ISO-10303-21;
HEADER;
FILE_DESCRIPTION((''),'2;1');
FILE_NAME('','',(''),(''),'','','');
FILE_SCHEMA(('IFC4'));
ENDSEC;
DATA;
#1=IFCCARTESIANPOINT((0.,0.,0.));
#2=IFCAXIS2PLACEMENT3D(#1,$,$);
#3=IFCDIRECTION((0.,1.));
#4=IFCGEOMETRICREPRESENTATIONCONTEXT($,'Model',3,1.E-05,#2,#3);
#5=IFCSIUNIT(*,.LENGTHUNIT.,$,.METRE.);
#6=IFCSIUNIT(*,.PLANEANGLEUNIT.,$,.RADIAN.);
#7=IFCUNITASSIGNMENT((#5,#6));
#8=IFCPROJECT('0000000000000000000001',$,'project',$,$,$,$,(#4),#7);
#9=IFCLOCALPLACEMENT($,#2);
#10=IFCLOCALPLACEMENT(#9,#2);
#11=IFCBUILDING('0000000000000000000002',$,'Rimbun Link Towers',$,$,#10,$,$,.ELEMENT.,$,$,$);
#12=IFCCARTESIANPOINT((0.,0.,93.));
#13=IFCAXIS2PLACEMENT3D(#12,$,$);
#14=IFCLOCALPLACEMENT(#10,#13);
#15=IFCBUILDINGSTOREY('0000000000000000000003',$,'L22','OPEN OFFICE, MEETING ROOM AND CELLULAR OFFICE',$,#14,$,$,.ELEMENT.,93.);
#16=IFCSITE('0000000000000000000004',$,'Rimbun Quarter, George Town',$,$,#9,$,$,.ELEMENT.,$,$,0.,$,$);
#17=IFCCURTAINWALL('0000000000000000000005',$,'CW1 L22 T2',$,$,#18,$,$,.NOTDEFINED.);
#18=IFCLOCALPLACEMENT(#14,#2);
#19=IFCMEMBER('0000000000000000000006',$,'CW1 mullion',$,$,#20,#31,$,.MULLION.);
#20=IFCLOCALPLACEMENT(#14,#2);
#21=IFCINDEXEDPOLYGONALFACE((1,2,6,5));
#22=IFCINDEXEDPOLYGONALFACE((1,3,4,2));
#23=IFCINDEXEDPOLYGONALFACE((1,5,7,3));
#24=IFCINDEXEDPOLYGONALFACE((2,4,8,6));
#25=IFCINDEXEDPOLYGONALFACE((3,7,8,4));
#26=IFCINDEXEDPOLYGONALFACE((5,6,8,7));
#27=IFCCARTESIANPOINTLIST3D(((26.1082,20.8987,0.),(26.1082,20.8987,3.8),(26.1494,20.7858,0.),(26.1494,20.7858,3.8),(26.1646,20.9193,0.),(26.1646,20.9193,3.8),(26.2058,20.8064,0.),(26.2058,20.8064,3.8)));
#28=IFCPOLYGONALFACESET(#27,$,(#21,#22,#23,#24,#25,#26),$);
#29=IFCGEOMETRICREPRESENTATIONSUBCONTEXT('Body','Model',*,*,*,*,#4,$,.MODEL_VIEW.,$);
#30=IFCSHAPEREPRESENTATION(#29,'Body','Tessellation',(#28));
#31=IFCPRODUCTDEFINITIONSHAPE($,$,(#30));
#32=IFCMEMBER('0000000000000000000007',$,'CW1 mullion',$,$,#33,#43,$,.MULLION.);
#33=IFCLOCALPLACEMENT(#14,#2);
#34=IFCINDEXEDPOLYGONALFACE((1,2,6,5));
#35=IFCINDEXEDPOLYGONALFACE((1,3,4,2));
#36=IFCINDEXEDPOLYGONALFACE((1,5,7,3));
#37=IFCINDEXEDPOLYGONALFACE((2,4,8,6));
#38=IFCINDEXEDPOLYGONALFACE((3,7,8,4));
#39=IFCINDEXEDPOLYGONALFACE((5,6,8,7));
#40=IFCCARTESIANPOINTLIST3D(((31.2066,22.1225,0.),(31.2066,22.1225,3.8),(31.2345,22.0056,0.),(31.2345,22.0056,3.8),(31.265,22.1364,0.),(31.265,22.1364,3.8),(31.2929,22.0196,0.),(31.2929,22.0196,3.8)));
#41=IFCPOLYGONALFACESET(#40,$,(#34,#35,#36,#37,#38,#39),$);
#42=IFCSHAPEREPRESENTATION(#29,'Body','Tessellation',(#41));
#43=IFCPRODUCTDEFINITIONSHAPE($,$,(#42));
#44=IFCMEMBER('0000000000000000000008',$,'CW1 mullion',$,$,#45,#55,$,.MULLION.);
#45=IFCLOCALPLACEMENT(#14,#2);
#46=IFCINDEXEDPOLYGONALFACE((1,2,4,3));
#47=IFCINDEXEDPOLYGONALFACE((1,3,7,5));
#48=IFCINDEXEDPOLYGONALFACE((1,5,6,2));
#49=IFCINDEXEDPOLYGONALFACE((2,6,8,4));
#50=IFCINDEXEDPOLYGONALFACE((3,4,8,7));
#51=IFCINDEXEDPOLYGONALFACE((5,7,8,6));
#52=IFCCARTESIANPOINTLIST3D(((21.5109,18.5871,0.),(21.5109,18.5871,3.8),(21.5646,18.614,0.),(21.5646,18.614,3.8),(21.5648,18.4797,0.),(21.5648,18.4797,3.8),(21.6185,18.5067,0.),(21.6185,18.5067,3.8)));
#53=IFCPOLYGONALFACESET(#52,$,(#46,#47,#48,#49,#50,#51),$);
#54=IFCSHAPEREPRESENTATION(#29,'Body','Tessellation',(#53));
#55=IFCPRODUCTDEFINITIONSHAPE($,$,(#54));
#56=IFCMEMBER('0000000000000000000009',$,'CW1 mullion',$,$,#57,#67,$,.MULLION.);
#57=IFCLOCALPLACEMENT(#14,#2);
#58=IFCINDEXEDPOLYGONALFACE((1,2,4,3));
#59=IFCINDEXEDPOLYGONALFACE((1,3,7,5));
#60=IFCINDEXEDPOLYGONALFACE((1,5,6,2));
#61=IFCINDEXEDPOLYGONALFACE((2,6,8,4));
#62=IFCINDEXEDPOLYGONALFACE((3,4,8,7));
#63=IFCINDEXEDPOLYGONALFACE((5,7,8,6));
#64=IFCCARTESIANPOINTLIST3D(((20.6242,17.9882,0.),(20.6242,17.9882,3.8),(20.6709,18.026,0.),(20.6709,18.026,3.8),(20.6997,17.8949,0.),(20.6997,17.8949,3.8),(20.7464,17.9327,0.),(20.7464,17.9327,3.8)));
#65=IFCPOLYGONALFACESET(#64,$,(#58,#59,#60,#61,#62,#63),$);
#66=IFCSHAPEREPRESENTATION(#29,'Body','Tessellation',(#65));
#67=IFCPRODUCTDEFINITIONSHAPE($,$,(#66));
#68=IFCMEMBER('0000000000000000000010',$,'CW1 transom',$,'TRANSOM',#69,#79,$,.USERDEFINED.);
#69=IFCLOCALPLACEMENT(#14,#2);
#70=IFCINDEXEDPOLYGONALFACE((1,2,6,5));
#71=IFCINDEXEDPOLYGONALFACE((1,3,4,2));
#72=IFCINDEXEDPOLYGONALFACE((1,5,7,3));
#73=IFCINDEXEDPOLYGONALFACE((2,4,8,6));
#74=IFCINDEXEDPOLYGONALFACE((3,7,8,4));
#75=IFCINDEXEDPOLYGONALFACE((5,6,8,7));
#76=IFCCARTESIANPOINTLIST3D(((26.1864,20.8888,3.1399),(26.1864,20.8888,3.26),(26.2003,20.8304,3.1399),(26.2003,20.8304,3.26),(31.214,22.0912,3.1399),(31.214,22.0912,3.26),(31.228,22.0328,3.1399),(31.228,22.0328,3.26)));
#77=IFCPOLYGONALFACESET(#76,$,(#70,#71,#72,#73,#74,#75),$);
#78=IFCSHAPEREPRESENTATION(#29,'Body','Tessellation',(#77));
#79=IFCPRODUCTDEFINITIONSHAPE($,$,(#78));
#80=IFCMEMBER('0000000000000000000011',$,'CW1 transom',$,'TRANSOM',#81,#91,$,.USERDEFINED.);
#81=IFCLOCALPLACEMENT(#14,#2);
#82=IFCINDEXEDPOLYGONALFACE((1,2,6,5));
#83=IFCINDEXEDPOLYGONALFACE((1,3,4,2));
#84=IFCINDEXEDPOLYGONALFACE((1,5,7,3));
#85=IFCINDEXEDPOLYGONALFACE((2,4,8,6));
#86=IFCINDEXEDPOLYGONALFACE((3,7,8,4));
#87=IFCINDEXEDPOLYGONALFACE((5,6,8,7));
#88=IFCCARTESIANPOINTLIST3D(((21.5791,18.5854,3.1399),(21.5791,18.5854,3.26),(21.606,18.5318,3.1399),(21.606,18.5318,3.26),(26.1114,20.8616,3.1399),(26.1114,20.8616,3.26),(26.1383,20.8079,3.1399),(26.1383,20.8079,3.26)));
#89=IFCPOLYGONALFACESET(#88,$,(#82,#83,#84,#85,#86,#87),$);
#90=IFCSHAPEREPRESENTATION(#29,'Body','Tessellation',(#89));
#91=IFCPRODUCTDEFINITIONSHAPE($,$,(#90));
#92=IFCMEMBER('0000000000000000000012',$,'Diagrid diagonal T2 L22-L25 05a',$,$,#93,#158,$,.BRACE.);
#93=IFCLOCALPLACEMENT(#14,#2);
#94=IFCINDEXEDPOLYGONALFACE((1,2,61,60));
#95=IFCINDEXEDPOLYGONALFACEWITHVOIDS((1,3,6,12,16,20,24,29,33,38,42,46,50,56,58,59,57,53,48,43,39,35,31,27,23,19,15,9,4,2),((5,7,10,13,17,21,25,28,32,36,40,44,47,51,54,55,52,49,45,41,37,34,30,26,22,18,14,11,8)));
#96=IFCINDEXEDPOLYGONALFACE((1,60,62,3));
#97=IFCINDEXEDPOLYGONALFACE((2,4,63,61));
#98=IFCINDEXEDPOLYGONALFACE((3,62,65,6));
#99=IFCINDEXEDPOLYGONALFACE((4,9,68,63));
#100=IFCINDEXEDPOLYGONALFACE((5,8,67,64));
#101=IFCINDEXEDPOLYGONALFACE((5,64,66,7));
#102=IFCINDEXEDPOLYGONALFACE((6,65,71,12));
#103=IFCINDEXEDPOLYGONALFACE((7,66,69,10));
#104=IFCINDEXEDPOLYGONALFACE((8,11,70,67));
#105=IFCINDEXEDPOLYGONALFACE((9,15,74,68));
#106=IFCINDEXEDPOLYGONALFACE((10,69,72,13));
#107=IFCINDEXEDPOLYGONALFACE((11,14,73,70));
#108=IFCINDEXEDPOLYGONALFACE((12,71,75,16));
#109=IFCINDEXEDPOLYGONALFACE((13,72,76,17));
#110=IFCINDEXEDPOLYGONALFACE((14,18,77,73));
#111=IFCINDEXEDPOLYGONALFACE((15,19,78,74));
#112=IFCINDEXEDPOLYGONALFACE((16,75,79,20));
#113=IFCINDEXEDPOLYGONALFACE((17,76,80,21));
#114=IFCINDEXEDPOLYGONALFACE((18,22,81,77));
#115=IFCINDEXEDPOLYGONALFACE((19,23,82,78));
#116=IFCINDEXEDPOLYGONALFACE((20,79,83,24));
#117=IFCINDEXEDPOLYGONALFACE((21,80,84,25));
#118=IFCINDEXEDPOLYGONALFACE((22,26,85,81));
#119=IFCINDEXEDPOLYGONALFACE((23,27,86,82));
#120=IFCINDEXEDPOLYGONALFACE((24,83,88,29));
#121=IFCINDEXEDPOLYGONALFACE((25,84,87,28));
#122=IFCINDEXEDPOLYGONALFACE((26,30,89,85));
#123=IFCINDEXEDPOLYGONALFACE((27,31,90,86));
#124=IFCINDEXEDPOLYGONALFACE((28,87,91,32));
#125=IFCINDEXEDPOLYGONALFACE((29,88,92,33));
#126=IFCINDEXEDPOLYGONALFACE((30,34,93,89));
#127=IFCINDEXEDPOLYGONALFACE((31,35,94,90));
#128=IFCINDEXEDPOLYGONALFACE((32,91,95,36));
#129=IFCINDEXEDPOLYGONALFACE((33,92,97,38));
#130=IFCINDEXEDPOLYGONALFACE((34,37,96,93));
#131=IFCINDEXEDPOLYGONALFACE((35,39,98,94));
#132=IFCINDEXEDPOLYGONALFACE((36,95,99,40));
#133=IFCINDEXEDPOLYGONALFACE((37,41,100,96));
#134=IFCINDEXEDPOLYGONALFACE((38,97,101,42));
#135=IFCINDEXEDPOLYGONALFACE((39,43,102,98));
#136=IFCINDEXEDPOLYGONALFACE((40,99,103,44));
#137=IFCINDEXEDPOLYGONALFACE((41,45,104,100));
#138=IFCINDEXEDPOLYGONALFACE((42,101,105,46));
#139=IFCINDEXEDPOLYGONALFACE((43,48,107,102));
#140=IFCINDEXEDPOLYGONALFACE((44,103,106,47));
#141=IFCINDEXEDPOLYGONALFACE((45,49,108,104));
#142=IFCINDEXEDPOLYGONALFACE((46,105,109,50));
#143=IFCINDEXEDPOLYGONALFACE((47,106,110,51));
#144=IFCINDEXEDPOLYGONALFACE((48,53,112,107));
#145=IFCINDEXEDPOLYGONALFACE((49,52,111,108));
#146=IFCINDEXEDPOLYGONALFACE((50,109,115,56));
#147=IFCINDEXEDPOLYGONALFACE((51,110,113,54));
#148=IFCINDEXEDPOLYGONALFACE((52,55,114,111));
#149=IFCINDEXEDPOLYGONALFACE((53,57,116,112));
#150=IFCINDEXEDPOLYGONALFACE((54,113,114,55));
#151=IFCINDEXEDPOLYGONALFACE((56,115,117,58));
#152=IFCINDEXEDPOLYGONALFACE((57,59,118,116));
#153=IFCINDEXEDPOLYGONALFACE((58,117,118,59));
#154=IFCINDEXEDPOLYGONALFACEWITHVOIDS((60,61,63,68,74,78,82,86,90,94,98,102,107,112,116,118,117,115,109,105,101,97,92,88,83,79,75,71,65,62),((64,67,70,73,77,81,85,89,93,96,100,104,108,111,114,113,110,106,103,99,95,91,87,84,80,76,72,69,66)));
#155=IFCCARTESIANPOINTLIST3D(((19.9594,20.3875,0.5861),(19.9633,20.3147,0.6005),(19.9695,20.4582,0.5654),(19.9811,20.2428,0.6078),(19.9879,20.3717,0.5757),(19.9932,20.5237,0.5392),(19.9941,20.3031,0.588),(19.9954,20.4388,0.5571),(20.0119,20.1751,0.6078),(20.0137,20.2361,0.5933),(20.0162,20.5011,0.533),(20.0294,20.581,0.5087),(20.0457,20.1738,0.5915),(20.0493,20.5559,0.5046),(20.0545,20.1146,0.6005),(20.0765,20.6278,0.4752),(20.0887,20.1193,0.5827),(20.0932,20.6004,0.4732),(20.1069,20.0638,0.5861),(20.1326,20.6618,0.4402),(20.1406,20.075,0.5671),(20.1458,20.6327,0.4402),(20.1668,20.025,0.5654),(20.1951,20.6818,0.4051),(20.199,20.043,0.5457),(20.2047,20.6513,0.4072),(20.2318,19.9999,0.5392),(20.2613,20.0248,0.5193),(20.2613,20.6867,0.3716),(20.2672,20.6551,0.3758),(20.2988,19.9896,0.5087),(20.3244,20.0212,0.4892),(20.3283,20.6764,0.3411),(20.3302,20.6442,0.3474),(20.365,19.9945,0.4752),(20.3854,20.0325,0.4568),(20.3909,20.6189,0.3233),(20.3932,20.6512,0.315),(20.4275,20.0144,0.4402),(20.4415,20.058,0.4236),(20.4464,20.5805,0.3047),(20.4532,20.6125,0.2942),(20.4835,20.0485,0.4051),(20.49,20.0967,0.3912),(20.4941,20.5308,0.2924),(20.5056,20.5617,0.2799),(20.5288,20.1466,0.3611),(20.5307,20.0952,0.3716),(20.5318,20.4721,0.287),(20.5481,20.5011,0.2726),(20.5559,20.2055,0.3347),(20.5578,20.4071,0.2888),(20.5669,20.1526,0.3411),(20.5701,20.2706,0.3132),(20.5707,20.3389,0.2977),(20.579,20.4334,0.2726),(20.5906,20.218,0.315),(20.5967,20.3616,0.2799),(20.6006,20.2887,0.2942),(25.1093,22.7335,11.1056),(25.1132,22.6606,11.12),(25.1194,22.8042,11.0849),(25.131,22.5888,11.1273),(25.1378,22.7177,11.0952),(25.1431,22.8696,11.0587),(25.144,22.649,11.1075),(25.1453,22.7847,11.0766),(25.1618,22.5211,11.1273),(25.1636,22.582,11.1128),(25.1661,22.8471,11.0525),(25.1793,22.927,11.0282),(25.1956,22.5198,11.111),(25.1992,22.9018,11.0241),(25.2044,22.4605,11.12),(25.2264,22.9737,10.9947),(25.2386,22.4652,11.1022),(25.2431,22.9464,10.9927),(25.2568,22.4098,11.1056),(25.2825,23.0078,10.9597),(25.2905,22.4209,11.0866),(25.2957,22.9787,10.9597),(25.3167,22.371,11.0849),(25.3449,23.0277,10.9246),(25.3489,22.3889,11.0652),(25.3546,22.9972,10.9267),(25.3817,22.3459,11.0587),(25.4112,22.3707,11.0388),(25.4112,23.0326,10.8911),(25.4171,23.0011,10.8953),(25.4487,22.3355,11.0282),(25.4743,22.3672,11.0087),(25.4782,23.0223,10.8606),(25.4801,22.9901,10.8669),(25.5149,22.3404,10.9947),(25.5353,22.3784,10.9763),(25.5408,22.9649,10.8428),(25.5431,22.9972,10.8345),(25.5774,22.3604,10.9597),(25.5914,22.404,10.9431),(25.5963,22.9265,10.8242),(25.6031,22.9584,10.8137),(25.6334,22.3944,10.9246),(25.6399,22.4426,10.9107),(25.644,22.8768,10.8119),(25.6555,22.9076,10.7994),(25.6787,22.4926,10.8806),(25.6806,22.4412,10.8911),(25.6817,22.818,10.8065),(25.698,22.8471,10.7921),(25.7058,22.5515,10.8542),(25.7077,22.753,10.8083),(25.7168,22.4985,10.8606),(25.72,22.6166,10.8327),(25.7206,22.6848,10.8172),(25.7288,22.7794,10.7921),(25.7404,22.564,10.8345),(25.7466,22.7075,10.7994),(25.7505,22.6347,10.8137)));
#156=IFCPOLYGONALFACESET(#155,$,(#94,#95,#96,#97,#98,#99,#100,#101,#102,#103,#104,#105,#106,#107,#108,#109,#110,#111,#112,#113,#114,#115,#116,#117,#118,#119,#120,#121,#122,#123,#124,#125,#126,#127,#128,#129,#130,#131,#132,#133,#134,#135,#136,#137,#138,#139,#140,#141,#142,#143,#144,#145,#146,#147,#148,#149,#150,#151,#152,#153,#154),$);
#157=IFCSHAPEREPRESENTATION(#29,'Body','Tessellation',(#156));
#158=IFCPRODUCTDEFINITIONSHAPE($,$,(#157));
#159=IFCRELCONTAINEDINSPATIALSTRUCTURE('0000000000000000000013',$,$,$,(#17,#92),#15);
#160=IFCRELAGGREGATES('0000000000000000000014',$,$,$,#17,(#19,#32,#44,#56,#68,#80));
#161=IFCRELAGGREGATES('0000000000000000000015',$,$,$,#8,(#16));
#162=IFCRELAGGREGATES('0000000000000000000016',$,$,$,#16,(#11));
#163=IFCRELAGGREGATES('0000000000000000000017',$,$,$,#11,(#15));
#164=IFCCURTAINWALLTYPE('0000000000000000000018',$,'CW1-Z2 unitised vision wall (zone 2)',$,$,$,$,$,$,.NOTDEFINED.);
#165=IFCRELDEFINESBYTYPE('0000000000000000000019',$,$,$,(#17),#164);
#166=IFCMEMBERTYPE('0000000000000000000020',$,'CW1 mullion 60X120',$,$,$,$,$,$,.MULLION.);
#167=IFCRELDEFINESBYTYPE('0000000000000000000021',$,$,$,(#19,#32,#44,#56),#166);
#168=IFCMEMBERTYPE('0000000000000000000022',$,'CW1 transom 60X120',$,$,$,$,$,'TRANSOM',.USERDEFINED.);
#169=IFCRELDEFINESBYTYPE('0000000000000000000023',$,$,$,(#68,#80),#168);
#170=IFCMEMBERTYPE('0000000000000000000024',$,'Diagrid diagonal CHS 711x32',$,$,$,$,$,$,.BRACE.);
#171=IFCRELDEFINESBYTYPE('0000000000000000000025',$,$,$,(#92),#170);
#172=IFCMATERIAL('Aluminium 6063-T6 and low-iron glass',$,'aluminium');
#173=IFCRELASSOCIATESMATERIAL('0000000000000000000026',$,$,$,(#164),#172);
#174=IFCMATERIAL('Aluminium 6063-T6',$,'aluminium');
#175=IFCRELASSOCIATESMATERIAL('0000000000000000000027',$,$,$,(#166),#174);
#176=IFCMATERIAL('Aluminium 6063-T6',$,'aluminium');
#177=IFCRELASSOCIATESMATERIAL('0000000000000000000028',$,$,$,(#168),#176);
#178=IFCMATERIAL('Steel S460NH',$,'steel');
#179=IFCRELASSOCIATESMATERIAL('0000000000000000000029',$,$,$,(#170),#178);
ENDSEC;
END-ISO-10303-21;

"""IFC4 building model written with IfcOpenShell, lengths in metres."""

from ifc_helpers import new_model, si_unit, direction, frame, origin, origin_2d, place, context, subcontext, project, spatial, rectangle, hollow_circle, extrude, material, material_profile, profile_set, type_object, element, aggregate, save


model = new_model("IFC4")

# Units and contexts
model_context = context("Model", 3, precision=1e-05, world=origin(), true_north=direction((0.0, 1.0)))
body_context = subcontext(model_context, "Body", "Model", "MODEL_VIEW")
ifc_project = project(units=[si_unit("LENGTHUNIT", "METRE"), si_unit("PLANEANGLEUNIT", "RADIAN")], contexts=[model_context])

# Site, building, storey
site_placement = place(None, origin())
site = spatial("IfcSite", under=ifc_project, at=site_placement, Name="Rimbun Quarter, George Town", CompositionType="ELEMENT", RefElevation=0.0)
building_placement = place(site_placement, origin())
building = spatial("IfcBuilding", under=site, at=building_placement, Name="Rimbun Link Towers", CompositionType="ELEMENT")
storey_placement = place(building_placement, frame((0.0, 0.0, 93.0)))
storey = spatial("IfcBuildingStorey", under=building, at=storey_placement, Name="L22", Description="OPEN OFFICE, MEETING ROOM AND CELLULAR OFFICE", CompositionType="ELEMENT", Elevation=93.0)

# Curtain wall, members
ifc_material_1 = material(Name="Aluminium 6063-T6 and low-iron glass", Category="aluminium")
curtain_wall_type = type_object("IfcCurtainWallType", Name="CW1-Z2 unitised vision wall (zone 2)", PredefinedType="NOTDEFINED", material=ifc_material_1)
curtain_wall_placement = place(storey_placement, origin())
curtain_wall = element("IfcCurtainWall", 1, at=curtain_wall_placement, inside=storey, type_object=curtain_wall_type, Name="CW1 L22 T2", PredefinedType="NOTDEFINED")
ifc_material_2 = material(Name="Aluminium 6063-T6", Category="aluminium")
ifc_material_profile_1 = material_profile(ifc_material_2, rectangle(XDim=0.1201, YDim=0.0601, at=origin_2d()), Name="MULLION 60X120")
ifc_profile_set_1 = profile_set([ifc_material_profile_1], Name="Aluminium 6063-T6")
member_type_1 = type_object("IfcMemberType", Name="CW1 mullion 60X120", PredefinedType="MULLION", material=ifc_profile_set_1)
member_1_placement = place(storey_placement, frame((26.157, 20.8525, 0.0), z_axis=(0.0, 0.0, 1.0), x_axis=(-0.34297, 0.939346, 0.0)))
member_1 = element("IfcMember", 2, at=member_1_placement, type_object=member_type_1, Name="CW1 mullion", PredefinedType="MULLION", context=body_context, shape_type="SweptSolid", body=[
    extrude(rectangle(XDim=0.1201, YDim=0.0601, at=origin_2d()), origin(), (0.0, 0.0, 1.0), 3.8),
])
member_2_placement = place(storey_placement, frame((31.2498, 22.071, 0.0), z_axis=(0.0, 0.0, 1.0), x_axis=(-0.232601, 0.972572, 0.0)))
member_2 = element("IfcMember", 3, at=member_2_placement, type_object=member_type_1, Name="CW1 mullion", PredefinedType="MULLION", context=body_context, shape_type="SweptSolid", body=[
    extrude(rectangle(XDim=0.1201, YDim=0.0601, at=origin_2d()), origin(), (0.0, 0.0, 1.0), 3.8),
])
member_3_placement = place(storey_placement, frame((21.5647, 18.5469, 0.0), z_axis=(0.0, 0.0, 1.0), x_axis=(-0.448782, 0.893641, 0.0)))
member_3 = element("IfcMember", 4, at=member_3_placement, type_object=member_type_1, Name="CW1 mullion", PredefinedType="MULLION", context=body_context, shape_type="SweptSolid", body=[
    extrude(rectangle(XDim=0.1201, YDim=0.0601, at=origin_2d()), origin(), (0.0, 0.0, 1.0), 3.8),
])
member_4_placement = place(storey_placement, frame((20.6853, 17.9604, 0.0), z_axis=(0.0, 0.0, 1.0), x_axis=(-0.629155, 0.77728, 0.0)))
member_4 = element("IfcMember", 5, at=member_4_placement, type_object=member_type_1, Name="CW1 mullion", PredefinedType="MULLION", context=body_context, shape_type="SweptSolid", body=[
    extrude(rectangle(XDim=0.1201, YDim=0.0601, at=origin_2d()), origin(), (0.0, 0.0, 1.0), 3.8),
])
ifc_material_3 = material(Name="Aluminium 6063-T6", Category="aluminium")
ifc_material_profile_2 = material_profile(ifc_material_3, rectangle(XDim=0.0601, YDim=0.1201, at=origin_2d()), Name="TRANSOM 60X120")
ifc_profile_set_2 = profile_set([ifc_material_profile_2], Name="Aluminium 6063-T6")
member_type_2 = type_object("IfcMemberType", Name="CW1 transom 60X120", ElementType="TRANSOM", PredefinedType="USERDEFINED", material=ifc_profile_set_2)
member_5_placement = place(storey_placement, frame((26.1934, 20.8596, 3.2), z_axis=(0.972573, 0.232599, 0.0), x_axis=(-0.232599, 0.972573, 0.0)))
member_5 = element("IfcMember", 6, at=member_5_placement, type_object=member_type_2, Name="CW1 transom", ObjectType="TRANSOM", PredefinedType="USERDEFINED", context=body_context, shape_type="SweptSolid", body=[
    extrude(rectangle(XDim=0.0601, YDim=0.1201, at=origin_2d()), origin(), (0.0, 0.0, 1.0), 5.1694),
])
member_6_placement = place(storey_placement, frame((21.5925, 18.5586, 3.2), z_axis=(0.893636, 0.448792, 0.0), x_axis=(-0.448792, 0.893636, 0.0)))
member_6 = element("IfcMember", 7, at=member_6_placement, type_object=member_type_2, Name="CW1 transom", ObjectType="TRANSOM", PredefinedType="USERDEFINED", context=body_context, shape_type="SweptSolid", body=[
    extrude(rectangle(XDim=0.0601, YDim=0.1201, at=origin_2d()), origin(), (0.0, 0.0, 1.0), 5.0718),
])

# Member
ifc_material_4 = material(Name="Steel S460NH", Category="steel")
ifc_material_profile_3 = material_profile(ifc_material_4, hollow_circle(Radius=0.3557, WallThickness=0.032, at=origin_2d()), Name="Diagrid diagonal CHS 711x32")
ifc_profile_set_3 = profile_set([ifc_material_profile_3], Name="Steel S460NH")
member_type_3 = type_object("IfcMemberType", Name="Diagrid diagonal CHS 711x32", PredefinedType="BRACE", material=ifc_profile_set_3)
member_7_placement = place(storey_placement, frame((20.28, 20.3381, 0.4402), z_axis=(0.431131, 0.196394, 0.880656), x_axis=(-0.414547, 0.910028, 0.0)))
element("IfcMember", 8, at=member_7_placement, inside=storey, type_object=member_type_3, Name="Diagrid diagonal T2 L22-L25 05a", PredefinedType="BRACE", context=body_context, shape_type="SweptSolid", body=[
    extrude(hollow_circle(Radius=0.3557, WallThickness=0.032, at=origin_2d()), origin(), (0.0, 0.0, 1.0), 11.9451),
])

aggregate(curtain_wall, [member_1, member_2, member_3, member_4, member_5, member_6])

save(model, "model.ifc")
